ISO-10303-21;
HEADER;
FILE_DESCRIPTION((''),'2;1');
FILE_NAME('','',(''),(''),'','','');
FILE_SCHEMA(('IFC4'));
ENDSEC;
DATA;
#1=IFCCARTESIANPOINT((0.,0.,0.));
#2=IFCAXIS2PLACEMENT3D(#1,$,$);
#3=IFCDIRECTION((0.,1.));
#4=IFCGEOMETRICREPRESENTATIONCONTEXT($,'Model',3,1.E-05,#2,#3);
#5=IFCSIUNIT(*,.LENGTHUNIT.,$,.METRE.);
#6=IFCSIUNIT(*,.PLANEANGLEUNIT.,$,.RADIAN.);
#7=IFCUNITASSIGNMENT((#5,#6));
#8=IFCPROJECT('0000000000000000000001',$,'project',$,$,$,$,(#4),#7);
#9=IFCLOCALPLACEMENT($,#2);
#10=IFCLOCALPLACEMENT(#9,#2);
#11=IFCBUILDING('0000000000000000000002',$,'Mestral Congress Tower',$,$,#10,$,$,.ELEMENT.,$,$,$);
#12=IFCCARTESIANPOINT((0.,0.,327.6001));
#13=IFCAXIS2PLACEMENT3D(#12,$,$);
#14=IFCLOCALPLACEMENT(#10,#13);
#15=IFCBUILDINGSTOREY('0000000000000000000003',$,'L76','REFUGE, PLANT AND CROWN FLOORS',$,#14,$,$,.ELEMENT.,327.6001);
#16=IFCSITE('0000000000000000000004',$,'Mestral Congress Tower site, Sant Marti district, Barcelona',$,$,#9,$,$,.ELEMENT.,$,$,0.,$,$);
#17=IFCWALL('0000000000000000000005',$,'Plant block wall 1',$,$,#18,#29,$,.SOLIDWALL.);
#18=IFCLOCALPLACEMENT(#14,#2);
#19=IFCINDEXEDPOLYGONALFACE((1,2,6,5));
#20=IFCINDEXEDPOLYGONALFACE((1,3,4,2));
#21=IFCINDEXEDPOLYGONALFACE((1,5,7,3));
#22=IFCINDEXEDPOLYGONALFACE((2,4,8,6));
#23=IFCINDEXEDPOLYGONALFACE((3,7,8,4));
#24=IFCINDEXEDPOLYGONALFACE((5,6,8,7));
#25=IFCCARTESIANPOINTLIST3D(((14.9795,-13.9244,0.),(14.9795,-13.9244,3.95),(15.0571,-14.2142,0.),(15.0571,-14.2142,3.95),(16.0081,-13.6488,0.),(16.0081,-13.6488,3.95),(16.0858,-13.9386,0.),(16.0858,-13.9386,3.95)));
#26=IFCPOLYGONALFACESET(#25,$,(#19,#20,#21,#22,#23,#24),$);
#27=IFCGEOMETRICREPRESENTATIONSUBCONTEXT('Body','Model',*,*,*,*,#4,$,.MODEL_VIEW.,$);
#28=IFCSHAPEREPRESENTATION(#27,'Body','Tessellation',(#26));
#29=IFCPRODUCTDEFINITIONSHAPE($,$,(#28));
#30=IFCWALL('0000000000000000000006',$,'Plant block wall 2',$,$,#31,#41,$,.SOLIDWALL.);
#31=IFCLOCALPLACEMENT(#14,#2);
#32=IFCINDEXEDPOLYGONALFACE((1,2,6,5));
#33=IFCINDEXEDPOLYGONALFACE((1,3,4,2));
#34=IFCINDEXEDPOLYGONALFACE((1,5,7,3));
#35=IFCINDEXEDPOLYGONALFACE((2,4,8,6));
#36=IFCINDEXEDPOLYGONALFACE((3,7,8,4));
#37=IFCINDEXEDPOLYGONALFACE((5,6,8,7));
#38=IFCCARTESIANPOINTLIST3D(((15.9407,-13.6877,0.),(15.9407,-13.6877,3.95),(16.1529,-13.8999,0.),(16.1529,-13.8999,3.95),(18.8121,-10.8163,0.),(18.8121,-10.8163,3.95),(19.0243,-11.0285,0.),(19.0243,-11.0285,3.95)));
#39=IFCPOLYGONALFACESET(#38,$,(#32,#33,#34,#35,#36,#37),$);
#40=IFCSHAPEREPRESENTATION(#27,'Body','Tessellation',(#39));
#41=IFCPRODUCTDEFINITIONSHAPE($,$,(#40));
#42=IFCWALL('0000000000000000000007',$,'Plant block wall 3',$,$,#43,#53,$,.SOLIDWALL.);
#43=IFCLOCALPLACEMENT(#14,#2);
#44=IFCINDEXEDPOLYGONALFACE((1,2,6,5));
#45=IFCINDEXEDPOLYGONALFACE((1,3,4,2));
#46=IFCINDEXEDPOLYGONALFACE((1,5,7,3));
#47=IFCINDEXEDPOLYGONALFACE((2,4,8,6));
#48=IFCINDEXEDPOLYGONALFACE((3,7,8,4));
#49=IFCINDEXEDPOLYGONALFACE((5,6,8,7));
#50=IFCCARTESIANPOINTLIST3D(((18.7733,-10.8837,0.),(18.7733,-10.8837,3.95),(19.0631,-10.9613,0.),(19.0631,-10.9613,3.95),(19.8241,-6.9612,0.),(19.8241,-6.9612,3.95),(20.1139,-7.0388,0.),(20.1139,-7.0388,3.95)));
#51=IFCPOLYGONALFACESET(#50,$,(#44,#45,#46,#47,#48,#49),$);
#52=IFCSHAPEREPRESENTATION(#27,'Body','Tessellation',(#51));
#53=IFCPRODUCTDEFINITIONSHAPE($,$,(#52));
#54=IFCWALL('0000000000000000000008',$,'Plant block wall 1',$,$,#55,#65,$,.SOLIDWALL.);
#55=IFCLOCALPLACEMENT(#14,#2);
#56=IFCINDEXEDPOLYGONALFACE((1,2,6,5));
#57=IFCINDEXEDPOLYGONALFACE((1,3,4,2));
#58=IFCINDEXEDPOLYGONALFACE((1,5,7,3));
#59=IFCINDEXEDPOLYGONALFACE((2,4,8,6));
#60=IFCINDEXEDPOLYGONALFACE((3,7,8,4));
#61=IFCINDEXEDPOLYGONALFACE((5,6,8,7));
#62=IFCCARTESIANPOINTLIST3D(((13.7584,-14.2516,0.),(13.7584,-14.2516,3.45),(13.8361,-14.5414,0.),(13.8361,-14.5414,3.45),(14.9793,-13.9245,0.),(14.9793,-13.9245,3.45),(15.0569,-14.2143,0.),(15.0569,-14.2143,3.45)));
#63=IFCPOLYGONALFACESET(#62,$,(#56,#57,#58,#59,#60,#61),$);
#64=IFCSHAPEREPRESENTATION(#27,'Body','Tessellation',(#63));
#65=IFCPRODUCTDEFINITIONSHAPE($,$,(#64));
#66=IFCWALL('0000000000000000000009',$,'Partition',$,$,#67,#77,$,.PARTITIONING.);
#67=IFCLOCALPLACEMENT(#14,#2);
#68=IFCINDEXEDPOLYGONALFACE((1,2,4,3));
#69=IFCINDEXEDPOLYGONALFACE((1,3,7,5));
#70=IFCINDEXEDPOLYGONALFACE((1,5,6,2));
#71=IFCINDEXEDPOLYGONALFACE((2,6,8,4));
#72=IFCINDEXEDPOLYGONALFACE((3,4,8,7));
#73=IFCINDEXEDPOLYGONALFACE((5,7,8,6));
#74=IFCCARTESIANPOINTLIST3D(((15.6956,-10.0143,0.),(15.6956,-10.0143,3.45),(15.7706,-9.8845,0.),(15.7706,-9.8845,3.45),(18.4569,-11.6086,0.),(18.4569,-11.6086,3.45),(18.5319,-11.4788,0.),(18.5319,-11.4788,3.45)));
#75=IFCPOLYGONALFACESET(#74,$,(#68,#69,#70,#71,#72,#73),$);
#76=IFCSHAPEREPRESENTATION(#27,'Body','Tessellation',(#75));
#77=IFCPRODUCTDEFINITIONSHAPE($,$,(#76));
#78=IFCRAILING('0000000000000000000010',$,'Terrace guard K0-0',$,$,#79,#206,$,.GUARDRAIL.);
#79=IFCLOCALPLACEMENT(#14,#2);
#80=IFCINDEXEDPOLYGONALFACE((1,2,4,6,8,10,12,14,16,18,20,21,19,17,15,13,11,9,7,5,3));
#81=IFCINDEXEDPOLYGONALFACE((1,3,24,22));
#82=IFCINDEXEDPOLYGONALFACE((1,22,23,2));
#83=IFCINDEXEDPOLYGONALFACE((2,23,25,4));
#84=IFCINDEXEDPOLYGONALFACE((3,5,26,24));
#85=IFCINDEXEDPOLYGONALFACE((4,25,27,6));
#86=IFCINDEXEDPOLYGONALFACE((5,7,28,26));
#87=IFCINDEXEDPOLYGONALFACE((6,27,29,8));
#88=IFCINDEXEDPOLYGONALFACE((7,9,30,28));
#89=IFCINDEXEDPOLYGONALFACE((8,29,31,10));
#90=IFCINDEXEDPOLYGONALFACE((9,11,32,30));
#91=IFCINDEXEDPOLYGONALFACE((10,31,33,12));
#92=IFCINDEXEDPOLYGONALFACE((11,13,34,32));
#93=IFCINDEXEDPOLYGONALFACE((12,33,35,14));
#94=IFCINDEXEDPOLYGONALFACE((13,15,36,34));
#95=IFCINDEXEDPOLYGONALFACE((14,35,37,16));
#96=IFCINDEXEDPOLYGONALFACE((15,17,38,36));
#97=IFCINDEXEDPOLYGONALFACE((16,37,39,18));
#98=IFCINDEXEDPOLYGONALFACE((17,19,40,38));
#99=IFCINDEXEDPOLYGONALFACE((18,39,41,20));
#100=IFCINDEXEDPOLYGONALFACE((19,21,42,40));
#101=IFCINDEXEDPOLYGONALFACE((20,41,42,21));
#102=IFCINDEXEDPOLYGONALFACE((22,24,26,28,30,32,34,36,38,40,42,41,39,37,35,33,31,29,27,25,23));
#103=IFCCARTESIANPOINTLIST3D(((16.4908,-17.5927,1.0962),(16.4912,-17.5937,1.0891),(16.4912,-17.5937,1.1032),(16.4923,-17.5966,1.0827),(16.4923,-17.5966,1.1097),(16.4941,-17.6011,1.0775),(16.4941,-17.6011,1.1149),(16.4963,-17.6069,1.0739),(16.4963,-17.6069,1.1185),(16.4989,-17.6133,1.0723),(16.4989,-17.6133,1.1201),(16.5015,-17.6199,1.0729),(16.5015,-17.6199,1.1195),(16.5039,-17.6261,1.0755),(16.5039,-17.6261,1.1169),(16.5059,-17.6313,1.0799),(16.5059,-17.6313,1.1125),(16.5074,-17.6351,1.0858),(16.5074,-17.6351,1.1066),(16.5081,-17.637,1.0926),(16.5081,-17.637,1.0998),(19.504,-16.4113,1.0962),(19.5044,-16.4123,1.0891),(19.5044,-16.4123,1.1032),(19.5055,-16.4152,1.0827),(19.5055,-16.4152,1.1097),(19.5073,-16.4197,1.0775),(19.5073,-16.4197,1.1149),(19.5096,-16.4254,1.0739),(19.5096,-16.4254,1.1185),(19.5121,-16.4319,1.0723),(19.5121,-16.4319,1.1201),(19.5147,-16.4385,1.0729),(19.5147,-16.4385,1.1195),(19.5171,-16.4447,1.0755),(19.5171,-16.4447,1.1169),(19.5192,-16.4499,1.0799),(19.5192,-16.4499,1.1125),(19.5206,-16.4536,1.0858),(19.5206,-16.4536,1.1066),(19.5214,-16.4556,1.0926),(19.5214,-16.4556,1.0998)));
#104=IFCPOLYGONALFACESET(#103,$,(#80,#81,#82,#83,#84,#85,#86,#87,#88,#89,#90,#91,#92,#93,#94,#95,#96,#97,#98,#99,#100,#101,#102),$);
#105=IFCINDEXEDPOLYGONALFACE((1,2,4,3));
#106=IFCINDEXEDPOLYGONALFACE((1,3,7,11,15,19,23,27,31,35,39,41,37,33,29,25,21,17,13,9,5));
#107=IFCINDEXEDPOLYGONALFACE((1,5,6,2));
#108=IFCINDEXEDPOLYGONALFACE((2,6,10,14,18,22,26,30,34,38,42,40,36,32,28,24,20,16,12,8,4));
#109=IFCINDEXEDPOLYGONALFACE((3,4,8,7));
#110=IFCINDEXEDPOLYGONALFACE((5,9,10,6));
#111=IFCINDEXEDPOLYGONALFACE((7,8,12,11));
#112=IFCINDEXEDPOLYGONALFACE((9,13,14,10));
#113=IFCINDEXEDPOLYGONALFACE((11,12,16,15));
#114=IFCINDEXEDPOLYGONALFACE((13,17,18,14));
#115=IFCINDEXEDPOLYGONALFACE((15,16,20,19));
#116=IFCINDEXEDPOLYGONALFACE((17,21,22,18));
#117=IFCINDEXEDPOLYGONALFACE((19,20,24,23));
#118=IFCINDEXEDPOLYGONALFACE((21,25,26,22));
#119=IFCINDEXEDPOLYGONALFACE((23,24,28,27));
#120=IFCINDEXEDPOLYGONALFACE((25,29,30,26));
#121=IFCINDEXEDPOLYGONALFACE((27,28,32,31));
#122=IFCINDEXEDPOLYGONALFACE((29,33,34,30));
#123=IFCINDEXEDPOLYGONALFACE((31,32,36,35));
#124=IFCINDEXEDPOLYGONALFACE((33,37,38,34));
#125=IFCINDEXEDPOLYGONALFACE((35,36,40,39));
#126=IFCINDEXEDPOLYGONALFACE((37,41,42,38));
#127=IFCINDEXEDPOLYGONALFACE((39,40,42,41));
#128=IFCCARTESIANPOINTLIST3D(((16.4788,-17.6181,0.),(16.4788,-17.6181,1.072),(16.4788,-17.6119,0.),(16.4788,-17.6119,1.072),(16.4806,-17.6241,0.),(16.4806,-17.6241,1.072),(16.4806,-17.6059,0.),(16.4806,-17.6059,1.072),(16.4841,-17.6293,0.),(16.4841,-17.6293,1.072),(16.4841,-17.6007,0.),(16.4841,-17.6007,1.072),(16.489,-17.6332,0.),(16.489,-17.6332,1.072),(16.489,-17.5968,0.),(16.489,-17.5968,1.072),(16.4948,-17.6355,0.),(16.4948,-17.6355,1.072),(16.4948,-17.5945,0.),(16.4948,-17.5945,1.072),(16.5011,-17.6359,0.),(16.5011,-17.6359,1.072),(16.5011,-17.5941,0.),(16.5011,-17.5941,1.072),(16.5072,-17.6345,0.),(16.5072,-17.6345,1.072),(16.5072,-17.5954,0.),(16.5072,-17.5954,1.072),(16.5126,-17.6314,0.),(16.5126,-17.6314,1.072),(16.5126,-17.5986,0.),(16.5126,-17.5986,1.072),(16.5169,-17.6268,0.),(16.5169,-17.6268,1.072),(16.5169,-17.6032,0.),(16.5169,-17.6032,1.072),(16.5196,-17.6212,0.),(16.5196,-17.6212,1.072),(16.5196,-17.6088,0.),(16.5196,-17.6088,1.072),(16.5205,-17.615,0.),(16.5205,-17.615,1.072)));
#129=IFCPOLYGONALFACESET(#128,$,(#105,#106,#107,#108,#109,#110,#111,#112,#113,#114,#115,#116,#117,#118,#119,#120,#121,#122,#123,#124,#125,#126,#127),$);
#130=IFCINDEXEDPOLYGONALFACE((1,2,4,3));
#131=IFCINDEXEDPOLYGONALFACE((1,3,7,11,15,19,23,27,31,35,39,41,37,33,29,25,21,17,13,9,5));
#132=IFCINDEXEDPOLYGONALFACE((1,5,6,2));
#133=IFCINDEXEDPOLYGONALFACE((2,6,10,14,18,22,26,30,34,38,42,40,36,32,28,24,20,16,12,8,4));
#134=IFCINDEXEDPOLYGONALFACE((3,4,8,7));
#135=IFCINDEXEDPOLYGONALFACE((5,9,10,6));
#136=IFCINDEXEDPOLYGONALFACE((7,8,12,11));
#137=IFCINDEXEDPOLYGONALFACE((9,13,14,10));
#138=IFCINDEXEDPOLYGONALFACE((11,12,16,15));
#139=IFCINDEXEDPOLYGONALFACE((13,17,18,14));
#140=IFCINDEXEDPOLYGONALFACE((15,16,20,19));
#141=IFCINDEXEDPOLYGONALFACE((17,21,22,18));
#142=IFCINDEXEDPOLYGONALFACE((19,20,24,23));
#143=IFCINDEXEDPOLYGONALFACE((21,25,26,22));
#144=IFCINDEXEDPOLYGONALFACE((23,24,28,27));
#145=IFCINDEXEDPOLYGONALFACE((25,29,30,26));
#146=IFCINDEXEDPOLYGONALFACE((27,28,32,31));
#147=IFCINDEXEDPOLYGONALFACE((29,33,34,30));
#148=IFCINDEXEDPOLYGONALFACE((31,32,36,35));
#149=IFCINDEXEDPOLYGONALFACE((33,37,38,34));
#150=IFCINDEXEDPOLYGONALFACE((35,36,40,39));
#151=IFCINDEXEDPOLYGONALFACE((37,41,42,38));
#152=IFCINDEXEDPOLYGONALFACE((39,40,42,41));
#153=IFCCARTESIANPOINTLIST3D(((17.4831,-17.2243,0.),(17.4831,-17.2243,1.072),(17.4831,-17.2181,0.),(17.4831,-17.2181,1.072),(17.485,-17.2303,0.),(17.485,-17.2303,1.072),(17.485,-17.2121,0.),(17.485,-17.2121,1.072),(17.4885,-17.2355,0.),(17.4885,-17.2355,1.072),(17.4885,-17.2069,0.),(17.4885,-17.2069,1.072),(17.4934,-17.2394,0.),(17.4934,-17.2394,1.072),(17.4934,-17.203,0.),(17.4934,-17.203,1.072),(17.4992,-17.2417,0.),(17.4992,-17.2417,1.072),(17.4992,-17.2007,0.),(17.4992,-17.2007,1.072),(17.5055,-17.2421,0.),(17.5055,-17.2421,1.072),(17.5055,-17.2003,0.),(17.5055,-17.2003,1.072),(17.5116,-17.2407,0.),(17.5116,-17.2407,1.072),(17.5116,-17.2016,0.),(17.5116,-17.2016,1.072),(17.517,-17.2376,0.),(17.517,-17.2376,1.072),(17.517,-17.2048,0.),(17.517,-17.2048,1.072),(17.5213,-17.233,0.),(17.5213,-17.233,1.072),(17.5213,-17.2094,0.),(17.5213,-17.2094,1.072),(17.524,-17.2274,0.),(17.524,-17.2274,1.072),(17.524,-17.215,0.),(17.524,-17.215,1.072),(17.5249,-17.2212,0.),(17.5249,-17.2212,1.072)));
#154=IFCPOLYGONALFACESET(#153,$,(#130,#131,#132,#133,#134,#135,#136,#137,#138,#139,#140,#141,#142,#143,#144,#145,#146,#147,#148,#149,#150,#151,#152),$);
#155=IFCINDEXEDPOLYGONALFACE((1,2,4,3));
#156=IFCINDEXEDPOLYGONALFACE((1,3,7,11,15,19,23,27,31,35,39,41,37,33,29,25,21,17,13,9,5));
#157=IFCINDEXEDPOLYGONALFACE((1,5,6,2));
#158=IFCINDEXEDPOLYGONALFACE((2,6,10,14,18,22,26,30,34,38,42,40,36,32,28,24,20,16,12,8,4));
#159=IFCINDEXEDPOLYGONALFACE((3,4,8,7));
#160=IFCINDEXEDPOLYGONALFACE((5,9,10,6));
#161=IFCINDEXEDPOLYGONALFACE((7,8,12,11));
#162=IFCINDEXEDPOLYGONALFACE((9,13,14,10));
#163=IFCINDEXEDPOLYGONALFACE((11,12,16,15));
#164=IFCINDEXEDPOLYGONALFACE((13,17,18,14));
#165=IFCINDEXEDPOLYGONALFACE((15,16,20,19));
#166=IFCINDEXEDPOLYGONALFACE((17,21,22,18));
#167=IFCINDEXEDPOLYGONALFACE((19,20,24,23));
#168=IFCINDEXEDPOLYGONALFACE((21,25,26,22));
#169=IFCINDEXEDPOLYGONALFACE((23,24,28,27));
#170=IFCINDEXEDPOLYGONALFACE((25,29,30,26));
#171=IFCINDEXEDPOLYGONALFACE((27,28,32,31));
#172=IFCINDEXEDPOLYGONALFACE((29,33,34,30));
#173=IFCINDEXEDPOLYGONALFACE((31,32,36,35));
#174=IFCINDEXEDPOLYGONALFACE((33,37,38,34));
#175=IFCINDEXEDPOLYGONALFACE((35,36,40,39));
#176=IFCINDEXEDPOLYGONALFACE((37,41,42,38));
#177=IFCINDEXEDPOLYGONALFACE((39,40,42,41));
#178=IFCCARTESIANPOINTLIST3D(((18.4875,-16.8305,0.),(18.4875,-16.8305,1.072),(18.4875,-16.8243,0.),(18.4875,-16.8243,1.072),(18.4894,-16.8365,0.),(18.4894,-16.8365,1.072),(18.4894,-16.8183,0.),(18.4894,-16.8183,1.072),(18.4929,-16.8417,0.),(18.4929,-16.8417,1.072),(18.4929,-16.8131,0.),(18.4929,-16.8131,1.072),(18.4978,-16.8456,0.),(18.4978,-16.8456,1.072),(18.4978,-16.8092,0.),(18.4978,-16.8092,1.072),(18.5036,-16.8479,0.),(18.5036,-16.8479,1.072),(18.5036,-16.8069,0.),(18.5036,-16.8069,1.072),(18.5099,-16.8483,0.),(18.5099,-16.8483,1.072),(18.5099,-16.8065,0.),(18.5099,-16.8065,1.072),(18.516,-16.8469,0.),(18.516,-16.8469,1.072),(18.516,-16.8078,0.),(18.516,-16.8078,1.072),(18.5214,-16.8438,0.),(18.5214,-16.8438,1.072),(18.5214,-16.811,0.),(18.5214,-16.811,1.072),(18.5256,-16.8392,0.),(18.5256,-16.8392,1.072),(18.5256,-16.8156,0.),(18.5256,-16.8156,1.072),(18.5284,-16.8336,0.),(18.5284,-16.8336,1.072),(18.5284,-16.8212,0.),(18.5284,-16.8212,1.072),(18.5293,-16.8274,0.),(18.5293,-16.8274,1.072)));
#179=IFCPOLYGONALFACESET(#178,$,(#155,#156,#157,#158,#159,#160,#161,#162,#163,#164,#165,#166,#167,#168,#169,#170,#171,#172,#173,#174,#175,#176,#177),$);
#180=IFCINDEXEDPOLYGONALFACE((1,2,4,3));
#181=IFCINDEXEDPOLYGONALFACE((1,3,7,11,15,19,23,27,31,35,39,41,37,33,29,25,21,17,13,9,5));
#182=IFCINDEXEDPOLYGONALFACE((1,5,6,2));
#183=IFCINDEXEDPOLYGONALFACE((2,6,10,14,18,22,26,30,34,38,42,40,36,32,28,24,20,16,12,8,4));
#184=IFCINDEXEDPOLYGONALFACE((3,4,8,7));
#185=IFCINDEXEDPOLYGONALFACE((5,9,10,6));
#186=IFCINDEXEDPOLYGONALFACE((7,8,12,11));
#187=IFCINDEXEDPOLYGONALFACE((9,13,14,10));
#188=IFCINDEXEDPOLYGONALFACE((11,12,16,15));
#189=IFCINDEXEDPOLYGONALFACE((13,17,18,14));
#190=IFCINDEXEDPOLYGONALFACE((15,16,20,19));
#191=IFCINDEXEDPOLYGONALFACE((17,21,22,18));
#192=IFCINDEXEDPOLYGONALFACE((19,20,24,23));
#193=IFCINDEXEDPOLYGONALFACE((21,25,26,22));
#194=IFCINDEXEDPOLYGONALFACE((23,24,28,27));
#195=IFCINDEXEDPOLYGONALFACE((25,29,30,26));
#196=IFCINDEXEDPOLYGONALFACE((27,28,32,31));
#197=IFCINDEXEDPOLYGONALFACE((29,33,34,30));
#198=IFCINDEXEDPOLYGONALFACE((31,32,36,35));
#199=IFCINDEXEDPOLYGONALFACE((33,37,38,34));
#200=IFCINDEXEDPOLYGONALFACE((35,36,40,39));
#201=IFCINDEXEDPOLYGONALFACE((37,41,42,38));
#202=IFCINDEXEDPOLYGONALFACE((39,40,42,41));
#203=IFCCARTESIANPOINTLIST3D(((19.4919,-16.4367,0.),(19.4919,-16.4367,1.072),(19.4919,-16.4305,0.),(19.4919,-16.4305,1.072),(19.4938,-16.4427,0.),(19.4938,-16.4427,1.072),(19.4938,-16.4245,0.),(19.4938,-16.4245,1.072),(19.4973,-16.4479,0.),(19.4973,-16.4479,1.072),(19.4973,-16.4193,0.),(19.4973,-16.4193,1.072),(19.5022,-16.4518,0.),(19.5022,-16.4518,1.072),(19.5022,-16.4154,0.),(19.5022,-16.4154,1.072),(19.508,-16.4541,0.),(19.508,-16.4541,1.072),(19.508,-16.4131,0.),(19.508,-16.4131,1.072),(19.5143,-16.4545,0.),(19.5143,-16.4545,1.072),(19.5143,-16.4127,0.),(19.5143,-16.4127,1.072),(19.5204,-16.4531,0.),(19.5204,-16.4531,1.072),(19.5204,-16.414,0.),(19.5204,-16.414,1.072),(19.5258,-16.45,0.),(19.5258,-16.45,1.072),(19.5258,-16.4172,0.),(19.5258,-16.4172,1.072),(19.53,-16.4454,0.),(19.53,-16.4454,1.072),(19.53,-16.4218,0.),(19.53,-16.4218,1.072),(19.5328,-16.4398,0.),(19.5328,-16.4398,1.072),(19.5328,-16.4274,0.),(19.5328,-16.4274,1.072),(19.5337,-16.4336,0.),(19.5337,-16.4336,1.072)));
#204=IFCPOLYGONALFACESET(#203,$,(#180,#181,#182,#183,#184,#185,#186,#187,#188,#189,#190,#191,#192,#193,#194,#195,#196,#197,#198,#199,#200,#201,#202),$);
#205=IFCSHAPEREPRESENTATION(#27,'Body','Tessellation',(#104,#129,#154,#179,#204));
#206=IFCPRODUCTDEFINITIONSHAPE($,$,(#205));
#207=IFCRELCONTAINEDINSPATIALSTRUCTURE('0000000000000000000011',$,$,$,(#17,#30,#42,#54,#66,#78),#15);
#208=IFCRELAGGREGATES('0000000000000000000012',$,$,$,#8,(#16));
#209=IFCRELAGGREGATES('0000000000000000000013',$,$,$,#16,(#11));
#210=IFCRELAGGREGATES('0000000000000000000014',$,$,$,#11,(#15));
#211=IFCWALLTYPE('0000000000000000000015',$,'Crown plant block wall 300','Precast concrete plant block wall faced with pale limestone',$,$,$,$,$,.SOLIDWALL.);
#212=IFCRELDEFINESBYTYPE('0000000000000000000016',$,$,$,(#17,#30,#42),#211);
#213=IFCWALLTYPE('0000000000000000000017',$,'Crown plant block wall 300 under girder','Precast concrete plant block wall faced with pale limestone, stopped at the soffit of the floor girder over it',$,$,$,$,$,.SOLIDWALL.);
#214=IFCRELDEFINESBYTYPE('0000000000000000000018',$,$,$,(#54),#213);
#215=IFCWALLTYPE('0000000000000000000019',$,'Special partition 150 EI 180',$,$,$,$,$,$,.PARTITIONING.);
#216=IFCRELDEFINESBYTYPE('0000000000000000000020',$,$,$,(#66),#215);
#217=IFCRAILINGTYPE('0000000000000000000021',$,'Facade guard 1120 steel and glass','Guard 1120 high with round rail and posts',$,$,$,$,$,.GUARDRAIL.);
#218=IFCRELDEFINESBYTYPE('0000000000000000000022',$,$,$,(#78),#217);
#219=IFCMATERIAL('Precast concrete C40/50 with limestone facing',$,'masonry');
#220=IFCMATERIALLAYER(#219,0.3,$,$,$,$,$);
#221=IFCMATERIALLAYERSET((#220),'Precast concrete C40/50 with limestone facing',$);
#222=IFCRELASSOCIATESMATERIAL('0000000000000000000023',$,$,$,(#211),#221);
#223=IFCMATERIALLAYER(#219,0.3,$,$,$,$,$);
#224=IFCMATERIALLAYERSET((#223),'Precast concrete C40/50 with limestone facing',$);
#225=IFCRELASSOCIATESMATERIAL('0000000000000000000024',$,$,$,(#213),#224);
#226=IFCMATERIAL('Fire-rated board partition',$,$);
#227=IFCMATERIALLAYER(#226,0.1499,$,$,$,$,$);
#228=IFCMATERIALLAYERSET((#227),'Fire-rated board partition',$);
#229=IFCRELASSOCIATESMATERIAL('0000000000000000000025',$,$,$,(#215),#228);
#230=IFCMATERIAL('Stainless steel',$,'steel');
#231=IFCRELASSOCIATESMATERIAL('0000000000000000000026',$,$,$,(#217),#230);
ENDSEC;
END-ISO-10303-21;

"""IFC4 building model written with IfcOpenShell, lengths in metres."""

from ifc_helpers import new_model, si_unit, direction, frame, frame_2d, origin, origin_2d, place, context, subcontext, project, spatial, rectangle, circle, extrude, material, layer, layer_set, type_object, element, save


model = new_model("IFC4")

# Units and contexts
model_context = context("Model", 3, precision=1e-05, world=origin(), true_north=direction((0.0, 1.0)))
body_context = subcontext(model_context, "Body", "Model", "MODEL_VIEW")
ifc_project = project(units=[si_unit("LENGTHUNIT", "METRE"), si_unit("PLANEANGLEUNIT", "RADIAN")], contexts=[model_context])

# Site, building, storey
site_placement = place(None, origin())
site = spatial("IfcSite", under=ifc_project, at=site_placement, Name="Mestral Congress Tower site, Sant Marti district, Barcelona", CompositionType="ELEMENT", RefElevation=0.0)
building_placement = place(site_placement, origin())
building = spatial("IfcBuilding", under=site, at=building_placement, Name="Mestral Congress Tower", CompositionType="ELEMENT")
storey_placement = place(building_placement, frame((0.0, 0.0, 327.6001)))
storey = spatial("IfcBuildingStorey", under=building, at=storey_placement, Name="L76", Description="REFUGE, PLANT AND CROWN FLOORS", CompositionType="ELEMENT", Elevation=327.6001)

# Walls
ifc_material_1 = material(Name="Precast concrete C40/50 with limestone facing", Category="masonry")
ifc_layer_1 = layer(ifc_material_1, 0.3)
ifc_layer_set_1 = layer_set([ifc_layer_1], Name="Precast concrete C40/50 with limestone facing")
wall_type_1 = type_object("IfcWallType", Name="Crown plant block wall 300", Description="Precast concrete plant block wall faced with pale limestone", PredefinedType="SOLIDWALL", material=ifc_layer_set_1)
wall_1_placement = place(storey_placement, frame((15.0183, -14.0693, 0.0), z_axis=(0.0, 0.0, 1.0), x_axis=(0.965918, 0.258847, 0.0)))
element("IfcWall", 1, at=wall_1_placement, inside=storey, type_object=wall_type_1, Name="Plant block wall 1", PredefinedType="SOLIDWALL", context=body_context, shape_type="SweptSolid", body=[
    extrude(rectangle(XDim=1.0649, YDim=0.3, at=frame_2d((0.5325, 0.0))), origin(), (0.0, 0.0, 1.0), 3.95),
])
for number, where, z_axis, x_axis, name in (
    (2, (16.0469, -13.7937, 0.0), (0.0, 0.0, 1.0), (0.707107, 0.707107, 0.0), "Plant block wall 2"),
    (3, (18.9182, -10.9224, 0.0), (0.0, 0.0, 1.0), (0.25877, 0.965939, 0.0), "Plant block wall 3"),
):
    element("IfcWall", number, at=place(storey_placement, frame(where, z_axis=z_axis, x_axis=x_axis)), inside=storey, type_object=wall_type_1, Name=name, PredefinedType="SOLIDWALL", context=body_context, shape_type="SweptSolid", body=[
        extrude(rectangle(XDim=4.0608, YDim=0.3, at=frame_2d((2.0303, 0.0))), origin(), (0.0, 0.0, 1.0), 3.95),
    ])
ifc_layer_2 = layer(ifc_material_1, 0.3)
ifc_layer_set_2 = layer_set([ifc_layer_2], Name="Precast concrete C40/50 with limestone facing")
wall_type_2 = type_object("IfcWallType", Name="Crown plant block wall 300 under girder", Description="Precast concrete plant block wall faced with pale limestone, stopped at the soffit of the floor girder over it", PredefinedType="SOLIDWALL", material=ifc_layer_set_2)
wall_2_placement = place(storey_placement, frame((13.7974, -14.3965, 0.0), z_axis=(0.0, 0.0, 1.0), x_axis=(0.965926, 0.258817, 0.0)))
element("IfcWall", 4, at=wall_2_placement, inside=storey, type_object=wall_type_2, Name="Plant block wall 1", PredefinedType="SOLIDWALL", context=body_context, shape_type="SweptSolid", body=[
    extrude(rectangle(XDim=1.2639, YDim=0.3, at=frame_2d((0.6318, 0.0))), origin(), (0.0, 0.0, 1.0), 3.45),
])
ifc_material_2 = material(Name="Fire-rated board partition")
ifc_layer_3 = layer(ifc_material_2, 0.1499)
ifc_layer_set_3 = layer_set([ifc_layer_3], Name="Fire-rated board partition")
wall_type_3 = type_object("IfcWallType", Name="Special partition 150 EI 180", PredefinedType="PARTITIONING", material=ifc_layer_set_3)
wall_3_placement = place(storey_placement, frame((18.4944, -11.5437, 0.0), z_axis=(0.0, 0.0, 1.0), x_axis=(-0.86602, 0.50001, 0.0)))
element("IfcWall", 5, at=wall_3_placement, inside=storey, type_object=wall_type_3, Name="Partition", PredefinedType="PARTITIONING", context=body_context, shape_type="SweptSolid", body=[
    extrude(rectangle(XDim=3.1885, YDim=0.1499, at=frame_2d((1.5942, 0.0))), origin(), (0.0, 0.0, 1.0), 3.45),
])

# Railing
ifc_material_3 = material(Name="Stainless steel", Category="steel")
railing_type = type_object("IfcRailingType", Name="Facade guard 1120 steel and glass", Description="Guard 1120 high with round rail and posts", PredefinedType="GUARDRAIL", material=ifc_material_3)
railing_1_placement = place(storey_placement, frame((16.4995, -17.615, 0.0)))
element("IfcRailing", 6, at=railing_1_placement, inside=storey, type_object=railing_type, Name="Terrace guard K0-0", PredefinedType="GUARDRAIL", context=body_context, shape_type="SweptSolid", body=[
    extrude(circle(Radius=0.0239, at=origin_2d()), frame((0.0, 0.0, 1.0962), z_axis=(0.930999, 0.365022, 0.0), x_axis=(-0.365022, 0.930999, 0.0)), (0.0, 0.0, 1.0), 3.2366),
    extrude(circle(Radius=0.021, at=origin_2d()), origin(), (0.0, 0.0, 1.0), 1.072),
    extrude(circle(Radius=0.021, at=origin_2d()), frame((1.0044, 0.3938, 0.0)), (0.0, 0.0, 1.0), 1.072),
    extrude(circle(Radius=0.021, at=origin_2d()), frame((2.0088, 0.7876, 0.0)), (0.0, 0.0, 1.0), 1.072),
    extrude(circle(Radius=0.021, at=origin_2d()), frame((3.0132, 1.1814, 0.0)), (0.0, 0.0, 1.0), 1.072),
])

save(model, "model.ifc")
